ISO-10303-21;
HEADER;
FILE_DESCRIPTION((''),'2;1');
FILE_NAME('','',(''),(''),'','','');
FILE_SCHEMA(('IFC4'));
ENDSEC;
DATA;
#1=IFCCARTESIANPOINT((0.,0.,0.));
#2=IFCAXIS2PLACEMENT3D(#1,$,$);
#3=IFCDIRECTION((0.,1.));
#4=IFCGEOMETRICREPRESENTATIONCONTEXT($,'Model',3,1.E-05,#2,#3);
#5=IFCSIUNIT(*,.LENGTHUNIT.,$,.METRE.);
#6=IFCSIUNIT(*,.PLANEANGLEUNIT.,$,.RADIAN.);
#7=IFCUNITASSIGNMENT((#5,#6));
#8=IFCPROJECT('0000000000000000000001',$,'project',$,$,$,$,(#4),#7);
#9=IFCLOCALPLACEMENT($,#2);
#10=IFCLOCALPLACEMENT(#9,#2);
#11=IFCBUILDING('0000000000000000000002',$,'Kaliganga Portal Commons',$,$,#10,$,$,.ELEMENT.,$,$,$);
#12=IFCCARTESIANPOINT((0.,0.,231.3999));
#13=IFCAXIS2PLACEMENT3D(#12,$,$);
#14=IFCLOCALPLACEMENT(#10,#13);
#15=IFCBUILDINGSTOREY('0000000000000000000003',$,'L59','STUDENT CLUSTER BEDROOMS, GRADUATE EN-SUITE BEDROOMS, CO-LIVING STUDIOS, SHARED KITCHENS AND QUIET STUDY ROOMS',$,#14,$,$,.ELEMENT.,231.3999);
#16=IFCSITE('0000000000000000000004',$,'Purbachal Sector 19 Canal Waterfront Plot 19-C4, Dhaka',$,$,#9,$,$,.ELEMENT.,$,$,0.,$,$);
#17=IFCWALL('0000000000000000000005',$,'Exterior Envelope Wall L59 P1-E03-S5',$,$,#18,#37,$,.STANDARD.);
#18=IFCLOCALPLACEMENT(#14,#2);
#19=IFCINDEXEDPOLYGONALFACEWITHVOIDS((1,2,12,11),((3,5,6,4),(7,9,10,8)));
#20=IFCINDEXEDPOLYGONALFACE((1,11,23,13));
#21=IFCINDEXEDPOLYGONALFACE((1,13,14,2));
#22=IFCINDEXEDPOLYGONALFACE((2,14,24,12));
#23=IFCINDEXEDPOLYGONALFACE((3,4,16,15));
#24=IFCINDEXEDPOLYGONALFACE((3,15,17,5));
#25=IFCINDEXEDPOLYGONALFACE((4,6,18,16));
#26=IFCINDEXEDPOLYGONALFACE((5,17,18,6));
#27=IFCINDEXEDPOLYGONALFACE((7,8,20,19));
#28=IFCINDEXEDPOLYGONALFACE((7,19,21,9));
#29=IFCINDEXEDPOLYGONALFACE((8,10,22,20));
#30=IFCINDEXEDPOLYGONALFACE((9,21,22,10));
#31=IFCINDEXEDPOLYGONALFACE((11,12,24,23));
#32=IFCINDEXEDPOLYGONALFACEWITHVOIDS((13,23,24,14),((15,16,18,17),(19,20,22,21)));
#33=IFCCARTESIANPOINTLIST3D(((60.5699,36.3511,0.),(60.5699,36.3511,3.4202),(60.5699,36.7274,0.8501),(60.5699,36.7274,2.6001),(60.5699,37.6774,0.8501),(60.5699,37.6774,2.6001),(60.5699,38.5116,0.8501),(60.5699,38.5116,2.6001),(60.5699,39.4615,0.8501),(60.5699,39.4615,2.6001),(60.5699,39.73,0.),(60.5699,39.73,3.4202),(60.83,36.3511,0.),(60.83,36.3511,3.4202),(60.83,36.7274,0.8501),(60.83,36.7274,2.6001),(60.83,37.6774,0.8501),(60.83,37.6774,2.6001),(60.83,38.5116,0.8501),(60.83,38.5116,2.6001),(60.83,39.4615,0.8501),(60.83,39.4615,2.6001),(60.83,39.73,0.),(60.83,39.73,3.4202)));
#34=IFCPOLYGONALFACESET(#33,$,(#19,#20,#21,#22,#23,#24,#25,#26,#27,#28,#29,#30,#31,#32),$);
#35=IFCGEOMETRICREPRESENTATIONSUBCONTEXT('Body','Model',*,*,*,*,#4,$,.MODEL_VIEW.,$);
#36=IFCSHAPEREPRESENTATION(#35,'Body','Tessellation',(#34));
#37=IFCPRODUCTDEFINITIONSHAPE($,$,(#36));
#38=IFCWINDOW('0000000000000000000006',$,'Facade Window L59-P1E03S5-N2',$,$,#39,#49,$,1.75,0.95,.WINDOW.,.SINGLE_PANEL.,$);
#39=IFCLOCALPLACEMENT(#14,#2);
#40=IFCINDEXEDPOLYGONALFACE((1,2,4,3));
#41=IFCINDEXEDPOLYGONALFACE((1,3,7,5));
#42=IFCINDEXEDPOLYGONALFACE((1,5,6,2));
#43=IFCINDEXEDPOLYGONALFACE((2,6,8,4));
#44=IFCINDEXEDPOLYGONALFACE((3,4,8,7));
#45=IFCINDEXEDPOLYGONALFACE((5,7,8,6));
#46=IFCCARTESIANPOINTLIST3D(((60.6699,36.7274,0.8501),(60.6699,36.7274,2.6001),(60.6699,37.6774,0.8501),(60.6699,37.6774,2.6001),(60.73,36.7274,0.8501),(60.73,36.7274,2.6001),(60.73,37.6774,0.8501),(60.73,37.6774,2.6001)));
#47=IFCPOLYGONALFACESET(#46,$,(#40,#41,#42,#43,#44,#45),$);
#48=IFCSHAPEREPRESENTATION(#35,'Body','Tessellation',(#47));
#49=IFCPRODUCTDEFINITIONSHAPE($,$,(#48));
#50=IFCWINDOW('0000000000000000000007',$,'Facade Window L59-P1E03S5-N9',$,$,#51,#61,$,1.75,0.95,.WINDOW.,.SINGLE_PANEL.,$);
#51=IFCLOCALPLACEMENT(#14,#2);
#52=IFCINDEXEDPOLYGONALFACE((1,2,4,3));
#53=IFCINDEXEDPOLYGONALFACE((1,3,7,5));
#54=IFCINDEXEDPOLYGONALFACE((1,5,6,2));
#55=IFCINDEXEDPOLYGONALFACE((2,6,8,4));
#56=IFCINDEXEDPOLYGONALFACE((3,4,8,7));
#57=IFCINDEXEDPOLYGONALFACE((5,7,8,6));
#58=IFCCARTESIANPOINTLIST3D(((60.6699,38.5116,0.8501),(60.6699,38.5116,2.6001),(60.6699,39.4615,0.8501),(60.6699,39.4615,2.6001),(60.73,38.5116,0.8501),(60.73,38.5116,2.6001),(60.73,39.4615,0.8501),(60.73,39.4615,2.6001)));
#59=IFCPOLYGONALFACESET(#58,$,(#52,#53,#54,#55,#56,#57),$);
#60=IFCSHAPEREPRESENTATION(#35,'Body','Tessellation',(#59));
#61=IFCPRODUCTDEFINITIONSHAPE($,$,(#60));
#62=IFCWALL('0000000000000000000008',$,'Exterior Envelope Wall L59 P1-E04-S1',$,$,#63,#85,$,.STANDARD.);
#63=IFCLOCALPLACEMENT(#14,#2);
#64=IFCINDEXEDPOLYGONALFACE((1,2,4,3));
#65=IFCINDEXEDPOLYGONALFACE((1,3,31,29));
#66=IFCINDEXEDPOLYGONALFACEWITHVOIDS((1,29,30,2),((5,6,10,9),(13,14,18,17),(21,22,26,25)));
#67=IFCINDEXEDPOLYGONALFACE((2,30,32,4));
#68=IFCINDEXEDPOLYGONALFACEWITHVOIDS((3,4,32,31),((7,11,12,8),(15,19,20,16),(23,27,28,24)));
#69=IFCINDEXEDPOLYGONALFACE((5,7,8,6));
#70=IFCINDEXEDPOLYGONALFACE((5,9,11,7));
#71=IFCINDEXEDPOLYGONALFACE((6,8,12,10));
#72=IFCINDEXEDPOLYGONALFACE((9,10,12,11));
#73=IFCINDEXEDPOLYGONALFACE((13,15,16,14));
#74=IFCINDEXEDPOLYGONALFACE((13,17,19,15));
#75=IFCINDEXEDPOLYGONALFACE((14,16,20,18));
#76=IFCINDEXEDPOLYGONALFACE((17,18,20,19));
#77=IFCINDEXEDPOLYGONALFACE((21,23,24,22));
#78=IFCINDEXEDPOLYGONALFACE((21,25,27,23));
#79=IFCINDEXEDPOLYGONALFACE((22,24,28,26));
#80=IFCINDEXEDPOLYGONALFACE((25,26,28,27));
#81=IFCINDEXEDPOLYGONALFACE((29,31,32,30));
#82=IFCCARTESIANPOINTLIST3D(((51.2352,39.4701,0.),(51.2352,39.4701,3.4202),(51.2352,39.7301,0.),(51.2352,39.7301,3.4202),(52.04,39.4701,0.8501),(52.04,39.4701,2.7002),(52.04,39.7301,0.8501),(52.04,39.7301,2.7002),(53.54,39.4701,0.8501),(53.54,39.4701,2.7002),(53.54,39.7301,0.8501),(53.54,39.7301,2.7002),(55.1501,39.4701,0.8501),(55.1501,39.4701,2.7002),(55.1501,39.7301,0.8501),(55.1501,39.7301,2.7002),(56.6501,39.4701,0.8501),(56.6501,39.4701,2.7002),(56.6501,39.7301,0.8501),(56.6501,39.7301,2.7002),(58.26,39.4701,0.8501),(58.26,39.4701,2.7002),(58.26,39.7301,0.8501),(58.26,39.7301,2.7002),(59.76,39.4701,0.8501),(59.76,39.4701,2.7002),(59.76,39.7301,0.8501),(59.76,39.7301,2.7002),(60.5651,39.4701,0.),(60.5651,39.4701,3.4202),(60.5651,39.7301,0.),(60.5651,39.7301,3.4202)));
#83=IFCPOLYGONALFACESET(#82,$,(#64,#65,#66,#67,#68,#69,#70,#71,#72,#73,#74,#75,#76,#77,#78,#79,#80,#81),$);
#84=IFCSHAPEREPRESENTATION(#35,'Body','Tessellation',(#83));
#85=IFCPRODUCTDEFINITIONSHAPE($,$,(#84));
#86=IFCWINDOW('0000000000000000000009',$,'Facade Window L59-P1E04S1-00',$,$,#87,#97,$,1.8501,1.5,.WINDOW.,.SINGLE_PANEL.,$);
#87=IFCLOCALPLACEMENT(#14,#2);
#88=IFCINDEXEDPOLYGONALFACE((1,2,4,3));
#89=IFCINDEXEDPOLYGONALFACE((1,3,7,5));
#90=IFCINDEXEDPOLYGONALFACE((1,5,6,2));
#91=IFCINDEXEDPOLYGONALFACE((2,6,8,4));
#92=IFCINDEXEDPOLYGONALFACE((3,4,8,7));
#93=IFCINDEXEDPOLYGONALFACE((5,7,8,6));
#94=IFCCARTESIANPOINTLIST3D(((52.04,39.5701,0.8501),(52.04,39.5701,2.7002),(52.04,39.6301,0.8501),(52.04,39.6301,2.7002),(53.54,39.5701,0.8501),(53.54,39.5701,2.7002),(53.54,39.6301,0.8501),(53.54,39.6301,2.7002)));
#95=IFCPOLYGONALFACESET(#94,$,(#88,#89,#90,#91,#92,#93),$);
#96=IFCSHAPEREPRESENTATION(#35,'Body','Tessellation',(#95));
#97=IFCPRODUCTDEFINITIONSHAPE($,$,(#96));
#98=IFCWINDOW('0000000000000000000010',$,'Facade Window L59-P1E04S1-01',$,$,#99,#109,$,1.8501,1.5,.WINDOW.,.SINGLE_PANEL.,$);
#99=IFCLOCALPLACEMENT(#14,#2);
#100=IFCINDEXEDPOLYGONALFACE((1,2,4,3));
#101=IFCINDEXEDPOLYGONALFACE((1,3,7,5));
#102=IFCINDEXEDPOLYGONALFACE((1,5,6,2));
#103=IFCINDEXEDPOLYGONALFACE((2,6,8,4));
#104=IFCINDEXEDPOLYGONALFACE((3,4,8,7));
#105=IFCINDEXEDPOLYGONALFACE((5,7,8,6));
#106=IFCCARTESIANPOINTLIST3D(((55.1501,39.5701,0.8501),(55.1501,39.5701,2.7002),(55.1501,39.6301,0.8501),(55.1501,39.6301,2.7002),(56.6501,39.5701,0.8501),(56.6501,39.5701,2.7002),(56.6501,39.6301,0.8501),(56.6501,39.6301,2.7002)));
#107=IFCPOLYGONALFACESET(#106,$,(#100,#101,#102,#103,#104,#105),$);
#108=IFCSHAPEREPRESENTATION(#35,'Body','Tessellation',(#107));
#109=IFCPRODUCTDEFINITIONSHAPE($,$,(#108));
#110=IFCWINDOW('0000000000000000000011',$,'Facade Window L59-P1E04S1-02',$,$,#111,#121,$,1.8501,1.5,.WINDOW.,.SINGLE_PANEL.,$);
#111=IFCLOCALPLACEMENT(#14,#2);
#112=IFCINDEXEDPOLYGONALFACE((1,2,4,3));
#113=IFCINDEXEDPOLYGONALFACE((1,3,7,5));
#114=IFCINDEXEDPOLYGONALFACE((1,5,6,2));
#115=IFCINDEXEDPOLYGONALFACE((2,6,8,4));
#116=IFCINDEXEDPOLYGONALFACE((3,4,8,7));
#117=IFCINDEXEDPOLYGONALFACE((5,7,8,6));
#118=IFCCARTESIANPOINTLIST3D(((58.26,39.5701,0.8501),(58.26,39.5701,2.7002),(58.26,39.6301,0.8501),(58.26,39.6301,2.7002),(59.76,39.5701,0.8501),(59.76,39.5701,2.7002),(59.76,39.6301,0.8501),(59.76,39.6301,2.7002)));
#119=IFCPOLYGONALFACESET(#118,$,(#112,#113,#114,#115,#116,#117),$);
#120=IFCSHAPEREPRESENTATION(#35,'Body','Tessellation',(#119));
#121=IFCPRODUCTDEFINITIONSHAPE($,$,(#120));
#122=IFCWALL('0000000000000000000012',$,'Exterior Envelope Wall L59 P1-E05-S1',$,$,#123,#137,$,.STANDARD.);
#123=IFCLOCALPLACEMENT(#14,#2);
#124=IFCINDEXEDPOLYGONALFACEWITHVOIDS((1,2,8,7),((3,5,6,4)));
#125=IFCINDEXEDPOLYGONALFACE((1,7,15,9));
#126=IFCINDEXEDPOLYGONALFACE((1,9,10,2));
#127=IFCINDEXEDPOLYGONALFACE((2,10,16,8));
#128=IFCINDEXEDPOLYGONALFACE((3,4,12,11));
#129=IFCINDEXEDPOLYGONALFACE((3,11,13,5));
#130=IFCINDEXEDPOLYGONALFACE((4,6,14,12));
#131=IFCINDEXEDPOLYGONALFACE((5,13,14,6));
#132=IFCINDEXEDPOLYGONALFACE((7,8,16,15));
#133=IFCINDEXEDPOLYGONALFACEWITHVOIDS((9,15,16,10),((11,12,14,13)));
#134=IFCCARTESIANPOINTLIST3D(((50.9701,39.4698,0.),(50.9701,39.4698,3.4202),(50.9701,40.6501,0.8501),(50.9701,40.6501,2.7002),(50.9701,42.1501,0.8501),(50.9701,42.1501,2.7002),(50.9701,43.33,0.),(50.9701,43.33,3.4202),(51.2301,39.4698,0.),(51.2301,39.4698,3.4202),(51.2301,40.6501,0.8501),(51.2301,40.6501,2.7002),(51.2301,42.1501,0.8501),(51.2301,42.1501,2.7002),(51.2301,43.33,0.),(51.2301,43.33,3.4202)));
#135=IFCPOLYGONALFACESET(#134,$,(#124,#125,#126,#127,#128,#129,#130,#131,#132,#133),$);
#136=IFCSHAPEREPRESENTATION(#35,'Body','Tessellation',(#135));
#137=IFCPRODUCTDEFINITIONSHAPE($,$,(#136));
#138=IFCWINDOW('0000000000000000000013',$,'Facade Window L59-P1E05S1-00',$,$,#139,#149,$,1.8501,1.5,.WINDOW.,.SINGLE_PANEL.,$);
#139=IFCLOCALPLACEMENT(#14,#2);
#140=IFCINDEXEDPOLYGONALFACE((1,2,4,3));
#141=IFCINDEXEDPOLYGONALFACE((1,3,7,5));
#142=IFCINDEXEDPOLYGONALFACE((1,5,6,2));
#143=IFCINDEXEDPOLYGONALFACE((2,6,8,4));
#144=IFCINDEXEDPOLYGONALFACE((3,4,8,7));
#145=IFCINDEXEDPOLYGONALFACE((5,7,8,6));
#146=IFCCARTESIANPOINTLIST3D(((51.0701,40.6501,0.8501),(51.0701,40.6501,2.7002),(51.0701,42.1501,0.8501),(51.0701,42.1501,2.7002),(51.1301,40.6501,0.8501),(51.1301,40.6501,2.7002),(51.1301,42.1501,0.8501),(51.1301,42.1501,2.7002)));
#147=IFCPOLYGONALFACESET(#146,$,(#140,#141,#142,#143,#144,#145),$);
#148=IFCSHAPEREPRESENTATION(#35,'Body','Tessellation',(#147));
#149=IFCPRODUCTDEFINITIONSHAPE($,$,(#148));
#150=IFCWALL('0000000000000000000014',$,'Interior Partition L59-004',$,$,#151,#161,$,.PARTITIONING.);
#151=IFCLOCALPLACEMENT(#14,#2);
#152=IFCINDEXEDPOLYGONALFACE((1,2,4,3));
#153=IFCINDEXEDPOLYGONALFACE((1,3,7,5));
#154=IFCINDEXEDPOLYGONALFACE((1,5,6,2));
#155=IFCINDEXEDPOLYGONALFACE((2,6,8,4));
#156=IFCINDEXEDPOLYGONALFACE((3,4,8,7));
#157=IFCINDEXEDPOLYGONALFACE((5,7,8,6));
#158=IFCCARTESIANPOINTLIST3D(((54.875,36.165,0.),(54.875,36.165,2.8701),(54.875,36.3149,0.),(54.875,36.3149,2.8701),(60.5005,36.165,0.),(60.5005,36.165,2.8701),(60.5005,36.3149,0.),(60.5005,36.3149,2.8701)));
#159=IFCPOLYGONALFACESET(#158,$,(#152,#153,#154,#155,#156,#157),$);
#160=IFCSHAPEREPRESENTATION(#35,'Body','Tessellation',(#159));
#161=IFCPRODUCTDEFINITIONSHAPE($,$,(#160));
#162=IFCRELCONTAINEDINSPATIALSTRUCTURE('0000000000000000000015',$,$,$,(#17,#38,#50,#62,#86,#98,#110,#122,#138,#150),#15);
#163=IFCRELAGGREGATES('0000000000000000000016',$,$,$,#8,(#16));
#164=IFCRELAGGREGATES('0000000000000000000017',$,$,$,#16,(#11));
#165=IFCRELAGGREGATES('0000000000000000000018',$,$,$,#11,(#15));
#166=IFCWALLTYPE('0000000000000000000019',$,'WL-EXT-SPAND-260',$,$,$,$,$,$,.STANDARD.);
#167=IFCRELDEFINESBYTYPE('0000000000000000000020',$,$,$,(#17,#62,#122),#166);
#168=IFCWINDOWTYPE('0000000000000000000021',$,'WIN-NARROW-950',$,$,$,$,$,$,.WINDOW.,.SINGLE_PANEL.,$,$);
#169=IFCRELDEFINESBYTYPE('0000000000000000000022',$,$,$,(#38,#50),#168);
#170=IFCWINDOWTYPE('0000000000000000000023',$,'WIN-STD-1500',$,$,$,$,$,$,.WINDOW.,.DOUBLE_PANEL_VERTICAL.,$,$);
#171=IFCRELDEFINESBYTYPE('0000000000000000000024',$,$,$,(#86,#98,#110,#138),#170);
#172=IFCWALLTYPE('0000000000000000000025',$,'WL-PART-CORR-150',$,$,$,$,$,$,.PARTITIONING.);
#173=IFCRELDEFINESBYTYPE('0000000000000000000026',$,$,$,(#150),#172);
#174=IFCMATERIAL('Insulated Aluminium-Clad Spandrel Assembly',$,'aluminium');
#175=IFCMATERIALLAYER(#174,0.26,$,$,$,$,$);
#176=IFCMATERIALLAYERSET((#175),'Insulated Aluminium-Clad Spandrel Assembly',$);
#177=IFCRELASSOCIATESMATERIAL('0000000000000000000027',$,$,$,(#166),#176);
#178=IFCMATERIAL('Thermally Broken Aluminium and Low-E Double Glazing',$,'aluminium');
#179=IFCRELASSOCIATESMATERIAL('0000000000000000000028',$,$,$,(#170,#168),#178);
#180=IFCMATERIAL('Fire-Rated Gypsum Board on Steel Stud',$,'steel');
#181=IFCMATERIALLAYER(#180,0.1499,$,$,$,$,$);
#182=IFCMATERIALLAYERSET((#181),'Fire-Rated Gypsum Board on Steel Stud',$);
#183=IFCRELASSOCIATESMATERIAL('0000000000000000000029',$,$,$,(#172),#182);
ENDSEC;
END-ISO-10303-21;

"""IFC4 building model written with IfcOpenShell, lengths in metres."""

from ifc_helpers import new_model, si_unit, direction, frame, frame_2d, origin, place, context, subcontext, project, spatial, rectangle, extrude, material, layer, layer_set, type_object, element, fill, save


model = new_model("IFC4")

# Units and contexts
model_context = context("Model", 3, precision=1e-05, world=origin(), true_north=direction((0.0, 1.0)))
body_context = subcontext(model_context, "Body", "Model", "MODEL_VIEW")
ifc_project = project(units=[si_unit("LENGTHUNIT", "METRE"), si_unit("PLANEANGLEUNIT", "RADIAN")], contexts=[model_context])

# Site, building, storey
site_placement = place(None, origin())
site = spatial("IfcSite", under=ifc_project, at=site_placement, Name="Purbachal Sector 19 Canal Waterfront Plot 19-C4, Dhaka", CompositionType="ELEMENT", RefElevation=0.0)
building_placement = place(site_placement, origin())
building = spatial("IfcBuilding", under=site, at=building_placement, Name="Kaliganga Portal Commons", CompositionType="ELEMENT")
storey_placement = place(building_placement, frame((0.0, 0.0, 231.3999)))
storey = spatial("IfcBuildingStorey", under=building, at=storey_placement, Name="L59", Description="STUDENT CLUSTER BEDROOMS, GRADUATE EN-SUITE BEDROOMS, CO-LIVING STUDIOS, SHARED KITCHENS AND QUIET STUDY ROOMS", CompositionType="ELEMENT", Elevation=231.3999)

# Walls, openings, windows
ifc_material_1 = material(Name="Insulated Aluminium-Clad Spandrel Assembly", Category="aluminium")
ifc_layer_1 = layer(ifc_material_1, 0.26)
ifc_layer_set_1 = layer_set([ifc_layer_1], Name="Insulated Aluminium-Clad Spandrel Assembly")
wall_type_1 = type_object("IfcWallType", Name="WL-EXT-SPAND-260", PredefinedType="STANDARD", material=ifc_layer_set_1)
ifc_material_2 = material(Name="Thermally Broken Aluminium and Low-E Double Glazing", Category="aluminium")
window_type_1 = type_object("IfcWindowType", Name="WIN-STD-1500", PartitioningType="DOUBLE_PANEL_VERTICAL", PredefinedType="WINDOW", material=ifc_material_2)
wall_1_placement = place(storey_placement, frame((60.7, 39.73, 0.0), z_axis=(0.0, 0.0, 1.0), x_axis=(0.0, -1.0, 0.0)))
wall_1 = element("IfcWall", 1, at=wall_1_placement, inside=storey, type_object=wall_type_1, Name="Exterior Envelope Wall L59 P1-E03-S5", PredefinedType="STANDARD", context=body_context, shape_type="SweptSolid", body=[
    extrude(rectangle(XDim=3.3789, YDim=0.26, at=frame_2d((1.6895, 0.0))), origin(), (0.0, 0.0, 1.0), 3.4202),
])
opening_1_placement = place(wall_1_placement, frame((2.0525, 0.0, 0.8501)))
opening_1 = element("IfcOpeningElement", 2, at=opening_1_placement, cuts=wall_1, PredefinedType="OPENING", context=body_context, shape_type="SweptSolid", body=[
    extrude(rectangle(XDim=0.95, YDim=1.75, at=frame_2d((0.4751, 0.875))), frame((0.0, 0.1401, 0.0), z_axis=(0.0, -1.0, 0.0), x_axis=(1.0, 0.0, 0.0)), (0.0, 0.0, 1.0), 0.28),
])
opening_2_placement = place(wall_1_placement, frame((0.2683, 0.0, 0.8501)))
opening_2 = element("IfcOpeningElement", 3, at=opening_2_placement, cuts=wall_1, PredefinedType="OPENING", context=body_context, shape_type="SweptSolid", body=[
    extrude(rectangle(XDim=0.95, YDim=1.75, at=frame_2d((0.4751, 0.875))), frame((0.0, 0.1401, 0.0), z_axis=(0.0, -1.0, 0.0), x_axis=(1.0, 0.0, 0.0)), (0.0, 0.0, 1.0), 0.28),
])
window_type_2 = type_object("IfcWindowType", Name="WIN-NARROW-950", PartitioningType="SINGLE_PANEL", PredefinedType="WINDOW", material=ifc_material_2)
window_1_placement = place(opening_1_placement, origin())
window_1 = element("IfcWindow", 4, at=window_1_placement, inside=storey, type_object=window_type_2, Name="Facade Window L59-P1E03S5-N2", OverallHeight=1.75, OverallWidth=0.95, PartitioningType="SINGLE_PANEL", PredefinedType="WINDOW", context=body_context, shape_type="SweptSolid", body=[
    extrude(rectangle(XDim=0.95, YDim=1.75, at=frame_2d((0.4751, 0.875))), frame((0.0, 0.03, 0.0), z_axis=(0.0, -1.0, 0.0), x_axis=(1.0, 0.0, 0.0)), (0.0, 0.0, 1.0), 0.0601),
])
fill(opening_1, window_1)
window_2_placement = place(opening_2_placement, origin())
window_2 = element("IfcWindow", 5, at=window_2_placement, inside=storey, type_object=window_type_2, Name="Facade Window L59-P1E03S5-N9", OverallHeight=1.75, OverallWidth=0.95, PartitioningType="SINGLE_PANEL", PredefinedType="WINDOW", context=body_context, shape_type="SweptSolid", body=[
    extrude(rectangle(XDim=0.95, YDim=1.75, at=frame_2d((0.4751, 0.875))), frame((0.0, 0.03, 0.0), z_axis=(0.0, -1.0, 0.0), x_axis=(1.0, 0.0, 0.0)), (0.0, 0.0, 1.0), 0.0601),
])
fill(opening_2, window_2)
wall_2_placement = place(storey_placement, frame((51.2351, 39.6001, 0.0), z_axis=(0.0, 0.0, 1.0), x_axis=(1.0, 0.0, 0.0)))
wall_2 = element("IfcWall", 6, at=wall_2_placement, inside=storey, type_object=wall_type_1, Name="Exterior Envelope Wall L59 P1-E04-S1", PredefinedType="STANDARD", context=body_context, shape_type="SweptSolid", body=[
    extrude(rectangle(XDim=9.3298, YDim=0.26, at=frame_2d((4.665, 0.0))), origin(), (0.0, 0.0, 1.0), 3.4202),
])
opening_3_placement = place(wall_2_placement, frame((0.8049, 0.0, 0.8501)))
opening_3 = element("IfcOpeningElement", 7, at=opening_3_placement, cuts=wall_2, PredefinedType="OPENING", context=body_context, shape_type="SweptSolid", body=[
    extrude(rectangle(XDim=1.5, YDim=1.8501, at=frame_2d((0.75, 0.925))), frame((0.0, 0.1401, 0.0), z_axis=(0.0, -1.0, 0.0), x_axis=(1.0, 0.0, 0.0)), (0.0, 0.0, 1.0), 0.28),
])
opening_4_placement = place(wall_2_placement, frame((3.915, 0.0, 0.8501)))
opening_4 = element("IfcOpeningElement", 8, at=opening_4_placement, cuts=wall_2, PredefinedType="OPENING", context=body_context, shape_type="SweptSolid", body=[
    extrude(rectangle(XDim=1.5, YDim=1.8501, at=frame_2d((0.75, 0.925))), frame((0.0, 0.1401, 0.0), z_axis=(0.0, -1.0, 0.0), x_axis=(1.0, 0.0, 0.0)), (0.0, 0.0, 1.0), 0.28),
])
opening_5_placement = place(wall_2_placement, frame((7.0249, 0.0, 0.8501)))
opening_5 = element("IfcOpeningElement", 9, at=opening_5_placement, cuts=wall_2, PredefinedType="OPENING", context=body_context, shape_type="SweptSolid", body=[
    extrude(rectangle(XDim=1.5, YDim=1.8501, at=frame_2d((0.75, 0.925))), frame((0.0, 0.1401, 0.0), z_axis=(0.0, -1.0, 0.0), x_axis=(1.0, 0.0, 0.0)), (0.0, 0.0, 1.0), 0.28),
])
window_3_placement = place(opening_3_placement, origin())
window_3 = element("IfcWindow", 10, at=window_3_placement, inside=storey, type_object=window_type_1, Name="Facade Window L59-P1E04S1-00", OverallHeight=1.8501, OverallWidth=1.5, PartitioningType="SINGLE_PANEL", PredefinedType="WINDOW", context=body_context, shape_type="SweptSolid", body=[
    extrude(rectangle(XDim=1.5, YDim=1.8501, at=frame_2d((0.75, 0.925))), frame((0.0, 0.03, 0.0), z_axis=(0.0, -1.0, 0.0), x_axis=(1.0, 0.0, 0.0)), (0.0, 0.0, 1.0), 0.0601),
])
fill(opening_3, window_3)
window_4_placement = place(opening_4_placement, origin())
window_4 = element("IfcWindow", 11, at=window_4_placement, inside=storey, type_object=window_type_1, Name="Facade Window L59-P1E04S1-01", OverallHeight=1.8501, OverallWidth=1.5, PartitioningType="SINGLE_PANEL", PredefinedType="WINDOW", context=body_context, shape_type="SweptSolid", body=[
    extrude(rectangle(XDim=1.5, YDim=1.8501, at=frame_2d((0.75, 0.925))), frame((0.0, 0.03, 0.0), z_axis=(0.0, -1.0, 0.0), x_axis=(1.0, 0.0, 0.0)), (0.0, 0.0, 1.0), 0.0601),
])
fill(opening_4, window_4)
window_5_placement = place(opening_5_placement, origin())
window_5 = element("IfcWindow", 12, at=window_5_placement, inside=storey, type_object=window_type_1, Name="Facade Window L59-P1E04S1-02", OverallHeight=1.8501, OverallWidth=1.5, PartitioningType="SINGLE_PANEL", PredefinedType="WINDOW", context=body_context, shape_type="SweptSolid", body=[
    extrude(rectangle(XDim=1.5, YDim=1.8501, at=frame_2d((0.75, 0.925))), frame((0.0, 0.03, 0.0), z_axis=(0.0, -1.0, 0.0), x_axis=(1.0, 0.0, 0.0)), (0.0, 0.0, 1.0), 0.0601),
])
fill(opening_5, window_5)

# Wall, opening, window
wall_3_placement = place(storey_placement, frame((51.1001, 43.3301, 0.0), z_axis=(0.0, 0.0, 1.0), x_axis=(0.0, -1.0, 0.0)))
wall_3 = element("IfcWall", 13, at=wall_3_placement, inside=storey, type_object=wall_type_1, Name="Exterior Envelope Wall L59 P1-E05-S1", PredefinedType="STANDARD", context=body_context, shape_type="SweptSolid", body=[
    extrude(rectangle(XDim=3.8601, YDim=0.26, at=frame_2d((1.9302, 0.0))), origin(), (0.0, 0.0, 1.0), 3.4202),
])
opening_6_placement = place(wall_3_placement, frame((1.1799, 0.0, 0.8501)))
opening_6 = element("IfcOpeningElement", 14, at=opening_6_placement, cuts=wall_3, PredefinedType="OPENING", context=body_context, shape_type="SweptSolid", body=[
    extrude(rectangle(XDim=1.5, YDim=1.8501, at=frame_2d((0.75, 0.925))), frame((0.0, 0.1401, 0.0), z_axis=(0.0, -1.0, 0.0), x_axis=(1.0, 0.0, 0.0)), (0.0, 0.0, 1.0), 0.28),
])
window_6_placement = place(opening_6_placement, origin())
window_6 = element("IfcWindow", 15, at=window_6_placement, inside=storey, type_object=window_type_1, Name="Facade Window L59-P1E05S1-00", OverallHeight=1.8501, OverallWidth=1.5, PartitioningType="SINGLE_PANEL", PredefinedType="WINDOW", context=body_context, shape_type="SweptSolid", body=[
    extrude(rectangle(XDim=1.5, YDim=1.8501, at=frame_2d((0.75, 0.925))), frame((0.0, 0.03, 0.0), z_axis=(0.0, -1.0, 0.0), x_axis=(1.0, 0.0, 0.0)), (0.0, 0.0, 1.0), 0.0601),
])
fill(opening_6, window_6)

# Shared definitions
ifc_material_3 = material(Name="Fire-Rated Gypsum Board on Steel Stud", Category="steel")
ifc_layer_2 = layer(ifc_material_3, 0.1499)
ifc_layer_set_2 = layer_set([ifc_layer_2], Name="Fire-Rated Gypsum Board on Steel Stud")
wall_type_2 = type_object("IfcWallType", Name="WL-PART-CORR-150", PredefinedType="PARTITIONING", material=ifc_layer_set_2)

# Wall
wall_4_placement = place(storey_placement, frame((54.875, 36.24, 0.0), z_axis=(0.0, 0.0, 1.0), x_axis=(1.0, 0.0, 0.0)))
element("IfcWall", 16, at=wall_4_placement, inside=storey, type_object=wall_type_2, Name="Interior Partition L59-004", PredefinedType="PARTITIONING", context=body_context, shape_type="SweptSolid", body=[
    extrude(rectangle(XDim=5.6255, YDim=0.1499, at=frame_2d((2.8127, 0.0))), origin(), (0.0, 0.0, 1.0), 2.8701),
])

save(model, "model.ifc")
